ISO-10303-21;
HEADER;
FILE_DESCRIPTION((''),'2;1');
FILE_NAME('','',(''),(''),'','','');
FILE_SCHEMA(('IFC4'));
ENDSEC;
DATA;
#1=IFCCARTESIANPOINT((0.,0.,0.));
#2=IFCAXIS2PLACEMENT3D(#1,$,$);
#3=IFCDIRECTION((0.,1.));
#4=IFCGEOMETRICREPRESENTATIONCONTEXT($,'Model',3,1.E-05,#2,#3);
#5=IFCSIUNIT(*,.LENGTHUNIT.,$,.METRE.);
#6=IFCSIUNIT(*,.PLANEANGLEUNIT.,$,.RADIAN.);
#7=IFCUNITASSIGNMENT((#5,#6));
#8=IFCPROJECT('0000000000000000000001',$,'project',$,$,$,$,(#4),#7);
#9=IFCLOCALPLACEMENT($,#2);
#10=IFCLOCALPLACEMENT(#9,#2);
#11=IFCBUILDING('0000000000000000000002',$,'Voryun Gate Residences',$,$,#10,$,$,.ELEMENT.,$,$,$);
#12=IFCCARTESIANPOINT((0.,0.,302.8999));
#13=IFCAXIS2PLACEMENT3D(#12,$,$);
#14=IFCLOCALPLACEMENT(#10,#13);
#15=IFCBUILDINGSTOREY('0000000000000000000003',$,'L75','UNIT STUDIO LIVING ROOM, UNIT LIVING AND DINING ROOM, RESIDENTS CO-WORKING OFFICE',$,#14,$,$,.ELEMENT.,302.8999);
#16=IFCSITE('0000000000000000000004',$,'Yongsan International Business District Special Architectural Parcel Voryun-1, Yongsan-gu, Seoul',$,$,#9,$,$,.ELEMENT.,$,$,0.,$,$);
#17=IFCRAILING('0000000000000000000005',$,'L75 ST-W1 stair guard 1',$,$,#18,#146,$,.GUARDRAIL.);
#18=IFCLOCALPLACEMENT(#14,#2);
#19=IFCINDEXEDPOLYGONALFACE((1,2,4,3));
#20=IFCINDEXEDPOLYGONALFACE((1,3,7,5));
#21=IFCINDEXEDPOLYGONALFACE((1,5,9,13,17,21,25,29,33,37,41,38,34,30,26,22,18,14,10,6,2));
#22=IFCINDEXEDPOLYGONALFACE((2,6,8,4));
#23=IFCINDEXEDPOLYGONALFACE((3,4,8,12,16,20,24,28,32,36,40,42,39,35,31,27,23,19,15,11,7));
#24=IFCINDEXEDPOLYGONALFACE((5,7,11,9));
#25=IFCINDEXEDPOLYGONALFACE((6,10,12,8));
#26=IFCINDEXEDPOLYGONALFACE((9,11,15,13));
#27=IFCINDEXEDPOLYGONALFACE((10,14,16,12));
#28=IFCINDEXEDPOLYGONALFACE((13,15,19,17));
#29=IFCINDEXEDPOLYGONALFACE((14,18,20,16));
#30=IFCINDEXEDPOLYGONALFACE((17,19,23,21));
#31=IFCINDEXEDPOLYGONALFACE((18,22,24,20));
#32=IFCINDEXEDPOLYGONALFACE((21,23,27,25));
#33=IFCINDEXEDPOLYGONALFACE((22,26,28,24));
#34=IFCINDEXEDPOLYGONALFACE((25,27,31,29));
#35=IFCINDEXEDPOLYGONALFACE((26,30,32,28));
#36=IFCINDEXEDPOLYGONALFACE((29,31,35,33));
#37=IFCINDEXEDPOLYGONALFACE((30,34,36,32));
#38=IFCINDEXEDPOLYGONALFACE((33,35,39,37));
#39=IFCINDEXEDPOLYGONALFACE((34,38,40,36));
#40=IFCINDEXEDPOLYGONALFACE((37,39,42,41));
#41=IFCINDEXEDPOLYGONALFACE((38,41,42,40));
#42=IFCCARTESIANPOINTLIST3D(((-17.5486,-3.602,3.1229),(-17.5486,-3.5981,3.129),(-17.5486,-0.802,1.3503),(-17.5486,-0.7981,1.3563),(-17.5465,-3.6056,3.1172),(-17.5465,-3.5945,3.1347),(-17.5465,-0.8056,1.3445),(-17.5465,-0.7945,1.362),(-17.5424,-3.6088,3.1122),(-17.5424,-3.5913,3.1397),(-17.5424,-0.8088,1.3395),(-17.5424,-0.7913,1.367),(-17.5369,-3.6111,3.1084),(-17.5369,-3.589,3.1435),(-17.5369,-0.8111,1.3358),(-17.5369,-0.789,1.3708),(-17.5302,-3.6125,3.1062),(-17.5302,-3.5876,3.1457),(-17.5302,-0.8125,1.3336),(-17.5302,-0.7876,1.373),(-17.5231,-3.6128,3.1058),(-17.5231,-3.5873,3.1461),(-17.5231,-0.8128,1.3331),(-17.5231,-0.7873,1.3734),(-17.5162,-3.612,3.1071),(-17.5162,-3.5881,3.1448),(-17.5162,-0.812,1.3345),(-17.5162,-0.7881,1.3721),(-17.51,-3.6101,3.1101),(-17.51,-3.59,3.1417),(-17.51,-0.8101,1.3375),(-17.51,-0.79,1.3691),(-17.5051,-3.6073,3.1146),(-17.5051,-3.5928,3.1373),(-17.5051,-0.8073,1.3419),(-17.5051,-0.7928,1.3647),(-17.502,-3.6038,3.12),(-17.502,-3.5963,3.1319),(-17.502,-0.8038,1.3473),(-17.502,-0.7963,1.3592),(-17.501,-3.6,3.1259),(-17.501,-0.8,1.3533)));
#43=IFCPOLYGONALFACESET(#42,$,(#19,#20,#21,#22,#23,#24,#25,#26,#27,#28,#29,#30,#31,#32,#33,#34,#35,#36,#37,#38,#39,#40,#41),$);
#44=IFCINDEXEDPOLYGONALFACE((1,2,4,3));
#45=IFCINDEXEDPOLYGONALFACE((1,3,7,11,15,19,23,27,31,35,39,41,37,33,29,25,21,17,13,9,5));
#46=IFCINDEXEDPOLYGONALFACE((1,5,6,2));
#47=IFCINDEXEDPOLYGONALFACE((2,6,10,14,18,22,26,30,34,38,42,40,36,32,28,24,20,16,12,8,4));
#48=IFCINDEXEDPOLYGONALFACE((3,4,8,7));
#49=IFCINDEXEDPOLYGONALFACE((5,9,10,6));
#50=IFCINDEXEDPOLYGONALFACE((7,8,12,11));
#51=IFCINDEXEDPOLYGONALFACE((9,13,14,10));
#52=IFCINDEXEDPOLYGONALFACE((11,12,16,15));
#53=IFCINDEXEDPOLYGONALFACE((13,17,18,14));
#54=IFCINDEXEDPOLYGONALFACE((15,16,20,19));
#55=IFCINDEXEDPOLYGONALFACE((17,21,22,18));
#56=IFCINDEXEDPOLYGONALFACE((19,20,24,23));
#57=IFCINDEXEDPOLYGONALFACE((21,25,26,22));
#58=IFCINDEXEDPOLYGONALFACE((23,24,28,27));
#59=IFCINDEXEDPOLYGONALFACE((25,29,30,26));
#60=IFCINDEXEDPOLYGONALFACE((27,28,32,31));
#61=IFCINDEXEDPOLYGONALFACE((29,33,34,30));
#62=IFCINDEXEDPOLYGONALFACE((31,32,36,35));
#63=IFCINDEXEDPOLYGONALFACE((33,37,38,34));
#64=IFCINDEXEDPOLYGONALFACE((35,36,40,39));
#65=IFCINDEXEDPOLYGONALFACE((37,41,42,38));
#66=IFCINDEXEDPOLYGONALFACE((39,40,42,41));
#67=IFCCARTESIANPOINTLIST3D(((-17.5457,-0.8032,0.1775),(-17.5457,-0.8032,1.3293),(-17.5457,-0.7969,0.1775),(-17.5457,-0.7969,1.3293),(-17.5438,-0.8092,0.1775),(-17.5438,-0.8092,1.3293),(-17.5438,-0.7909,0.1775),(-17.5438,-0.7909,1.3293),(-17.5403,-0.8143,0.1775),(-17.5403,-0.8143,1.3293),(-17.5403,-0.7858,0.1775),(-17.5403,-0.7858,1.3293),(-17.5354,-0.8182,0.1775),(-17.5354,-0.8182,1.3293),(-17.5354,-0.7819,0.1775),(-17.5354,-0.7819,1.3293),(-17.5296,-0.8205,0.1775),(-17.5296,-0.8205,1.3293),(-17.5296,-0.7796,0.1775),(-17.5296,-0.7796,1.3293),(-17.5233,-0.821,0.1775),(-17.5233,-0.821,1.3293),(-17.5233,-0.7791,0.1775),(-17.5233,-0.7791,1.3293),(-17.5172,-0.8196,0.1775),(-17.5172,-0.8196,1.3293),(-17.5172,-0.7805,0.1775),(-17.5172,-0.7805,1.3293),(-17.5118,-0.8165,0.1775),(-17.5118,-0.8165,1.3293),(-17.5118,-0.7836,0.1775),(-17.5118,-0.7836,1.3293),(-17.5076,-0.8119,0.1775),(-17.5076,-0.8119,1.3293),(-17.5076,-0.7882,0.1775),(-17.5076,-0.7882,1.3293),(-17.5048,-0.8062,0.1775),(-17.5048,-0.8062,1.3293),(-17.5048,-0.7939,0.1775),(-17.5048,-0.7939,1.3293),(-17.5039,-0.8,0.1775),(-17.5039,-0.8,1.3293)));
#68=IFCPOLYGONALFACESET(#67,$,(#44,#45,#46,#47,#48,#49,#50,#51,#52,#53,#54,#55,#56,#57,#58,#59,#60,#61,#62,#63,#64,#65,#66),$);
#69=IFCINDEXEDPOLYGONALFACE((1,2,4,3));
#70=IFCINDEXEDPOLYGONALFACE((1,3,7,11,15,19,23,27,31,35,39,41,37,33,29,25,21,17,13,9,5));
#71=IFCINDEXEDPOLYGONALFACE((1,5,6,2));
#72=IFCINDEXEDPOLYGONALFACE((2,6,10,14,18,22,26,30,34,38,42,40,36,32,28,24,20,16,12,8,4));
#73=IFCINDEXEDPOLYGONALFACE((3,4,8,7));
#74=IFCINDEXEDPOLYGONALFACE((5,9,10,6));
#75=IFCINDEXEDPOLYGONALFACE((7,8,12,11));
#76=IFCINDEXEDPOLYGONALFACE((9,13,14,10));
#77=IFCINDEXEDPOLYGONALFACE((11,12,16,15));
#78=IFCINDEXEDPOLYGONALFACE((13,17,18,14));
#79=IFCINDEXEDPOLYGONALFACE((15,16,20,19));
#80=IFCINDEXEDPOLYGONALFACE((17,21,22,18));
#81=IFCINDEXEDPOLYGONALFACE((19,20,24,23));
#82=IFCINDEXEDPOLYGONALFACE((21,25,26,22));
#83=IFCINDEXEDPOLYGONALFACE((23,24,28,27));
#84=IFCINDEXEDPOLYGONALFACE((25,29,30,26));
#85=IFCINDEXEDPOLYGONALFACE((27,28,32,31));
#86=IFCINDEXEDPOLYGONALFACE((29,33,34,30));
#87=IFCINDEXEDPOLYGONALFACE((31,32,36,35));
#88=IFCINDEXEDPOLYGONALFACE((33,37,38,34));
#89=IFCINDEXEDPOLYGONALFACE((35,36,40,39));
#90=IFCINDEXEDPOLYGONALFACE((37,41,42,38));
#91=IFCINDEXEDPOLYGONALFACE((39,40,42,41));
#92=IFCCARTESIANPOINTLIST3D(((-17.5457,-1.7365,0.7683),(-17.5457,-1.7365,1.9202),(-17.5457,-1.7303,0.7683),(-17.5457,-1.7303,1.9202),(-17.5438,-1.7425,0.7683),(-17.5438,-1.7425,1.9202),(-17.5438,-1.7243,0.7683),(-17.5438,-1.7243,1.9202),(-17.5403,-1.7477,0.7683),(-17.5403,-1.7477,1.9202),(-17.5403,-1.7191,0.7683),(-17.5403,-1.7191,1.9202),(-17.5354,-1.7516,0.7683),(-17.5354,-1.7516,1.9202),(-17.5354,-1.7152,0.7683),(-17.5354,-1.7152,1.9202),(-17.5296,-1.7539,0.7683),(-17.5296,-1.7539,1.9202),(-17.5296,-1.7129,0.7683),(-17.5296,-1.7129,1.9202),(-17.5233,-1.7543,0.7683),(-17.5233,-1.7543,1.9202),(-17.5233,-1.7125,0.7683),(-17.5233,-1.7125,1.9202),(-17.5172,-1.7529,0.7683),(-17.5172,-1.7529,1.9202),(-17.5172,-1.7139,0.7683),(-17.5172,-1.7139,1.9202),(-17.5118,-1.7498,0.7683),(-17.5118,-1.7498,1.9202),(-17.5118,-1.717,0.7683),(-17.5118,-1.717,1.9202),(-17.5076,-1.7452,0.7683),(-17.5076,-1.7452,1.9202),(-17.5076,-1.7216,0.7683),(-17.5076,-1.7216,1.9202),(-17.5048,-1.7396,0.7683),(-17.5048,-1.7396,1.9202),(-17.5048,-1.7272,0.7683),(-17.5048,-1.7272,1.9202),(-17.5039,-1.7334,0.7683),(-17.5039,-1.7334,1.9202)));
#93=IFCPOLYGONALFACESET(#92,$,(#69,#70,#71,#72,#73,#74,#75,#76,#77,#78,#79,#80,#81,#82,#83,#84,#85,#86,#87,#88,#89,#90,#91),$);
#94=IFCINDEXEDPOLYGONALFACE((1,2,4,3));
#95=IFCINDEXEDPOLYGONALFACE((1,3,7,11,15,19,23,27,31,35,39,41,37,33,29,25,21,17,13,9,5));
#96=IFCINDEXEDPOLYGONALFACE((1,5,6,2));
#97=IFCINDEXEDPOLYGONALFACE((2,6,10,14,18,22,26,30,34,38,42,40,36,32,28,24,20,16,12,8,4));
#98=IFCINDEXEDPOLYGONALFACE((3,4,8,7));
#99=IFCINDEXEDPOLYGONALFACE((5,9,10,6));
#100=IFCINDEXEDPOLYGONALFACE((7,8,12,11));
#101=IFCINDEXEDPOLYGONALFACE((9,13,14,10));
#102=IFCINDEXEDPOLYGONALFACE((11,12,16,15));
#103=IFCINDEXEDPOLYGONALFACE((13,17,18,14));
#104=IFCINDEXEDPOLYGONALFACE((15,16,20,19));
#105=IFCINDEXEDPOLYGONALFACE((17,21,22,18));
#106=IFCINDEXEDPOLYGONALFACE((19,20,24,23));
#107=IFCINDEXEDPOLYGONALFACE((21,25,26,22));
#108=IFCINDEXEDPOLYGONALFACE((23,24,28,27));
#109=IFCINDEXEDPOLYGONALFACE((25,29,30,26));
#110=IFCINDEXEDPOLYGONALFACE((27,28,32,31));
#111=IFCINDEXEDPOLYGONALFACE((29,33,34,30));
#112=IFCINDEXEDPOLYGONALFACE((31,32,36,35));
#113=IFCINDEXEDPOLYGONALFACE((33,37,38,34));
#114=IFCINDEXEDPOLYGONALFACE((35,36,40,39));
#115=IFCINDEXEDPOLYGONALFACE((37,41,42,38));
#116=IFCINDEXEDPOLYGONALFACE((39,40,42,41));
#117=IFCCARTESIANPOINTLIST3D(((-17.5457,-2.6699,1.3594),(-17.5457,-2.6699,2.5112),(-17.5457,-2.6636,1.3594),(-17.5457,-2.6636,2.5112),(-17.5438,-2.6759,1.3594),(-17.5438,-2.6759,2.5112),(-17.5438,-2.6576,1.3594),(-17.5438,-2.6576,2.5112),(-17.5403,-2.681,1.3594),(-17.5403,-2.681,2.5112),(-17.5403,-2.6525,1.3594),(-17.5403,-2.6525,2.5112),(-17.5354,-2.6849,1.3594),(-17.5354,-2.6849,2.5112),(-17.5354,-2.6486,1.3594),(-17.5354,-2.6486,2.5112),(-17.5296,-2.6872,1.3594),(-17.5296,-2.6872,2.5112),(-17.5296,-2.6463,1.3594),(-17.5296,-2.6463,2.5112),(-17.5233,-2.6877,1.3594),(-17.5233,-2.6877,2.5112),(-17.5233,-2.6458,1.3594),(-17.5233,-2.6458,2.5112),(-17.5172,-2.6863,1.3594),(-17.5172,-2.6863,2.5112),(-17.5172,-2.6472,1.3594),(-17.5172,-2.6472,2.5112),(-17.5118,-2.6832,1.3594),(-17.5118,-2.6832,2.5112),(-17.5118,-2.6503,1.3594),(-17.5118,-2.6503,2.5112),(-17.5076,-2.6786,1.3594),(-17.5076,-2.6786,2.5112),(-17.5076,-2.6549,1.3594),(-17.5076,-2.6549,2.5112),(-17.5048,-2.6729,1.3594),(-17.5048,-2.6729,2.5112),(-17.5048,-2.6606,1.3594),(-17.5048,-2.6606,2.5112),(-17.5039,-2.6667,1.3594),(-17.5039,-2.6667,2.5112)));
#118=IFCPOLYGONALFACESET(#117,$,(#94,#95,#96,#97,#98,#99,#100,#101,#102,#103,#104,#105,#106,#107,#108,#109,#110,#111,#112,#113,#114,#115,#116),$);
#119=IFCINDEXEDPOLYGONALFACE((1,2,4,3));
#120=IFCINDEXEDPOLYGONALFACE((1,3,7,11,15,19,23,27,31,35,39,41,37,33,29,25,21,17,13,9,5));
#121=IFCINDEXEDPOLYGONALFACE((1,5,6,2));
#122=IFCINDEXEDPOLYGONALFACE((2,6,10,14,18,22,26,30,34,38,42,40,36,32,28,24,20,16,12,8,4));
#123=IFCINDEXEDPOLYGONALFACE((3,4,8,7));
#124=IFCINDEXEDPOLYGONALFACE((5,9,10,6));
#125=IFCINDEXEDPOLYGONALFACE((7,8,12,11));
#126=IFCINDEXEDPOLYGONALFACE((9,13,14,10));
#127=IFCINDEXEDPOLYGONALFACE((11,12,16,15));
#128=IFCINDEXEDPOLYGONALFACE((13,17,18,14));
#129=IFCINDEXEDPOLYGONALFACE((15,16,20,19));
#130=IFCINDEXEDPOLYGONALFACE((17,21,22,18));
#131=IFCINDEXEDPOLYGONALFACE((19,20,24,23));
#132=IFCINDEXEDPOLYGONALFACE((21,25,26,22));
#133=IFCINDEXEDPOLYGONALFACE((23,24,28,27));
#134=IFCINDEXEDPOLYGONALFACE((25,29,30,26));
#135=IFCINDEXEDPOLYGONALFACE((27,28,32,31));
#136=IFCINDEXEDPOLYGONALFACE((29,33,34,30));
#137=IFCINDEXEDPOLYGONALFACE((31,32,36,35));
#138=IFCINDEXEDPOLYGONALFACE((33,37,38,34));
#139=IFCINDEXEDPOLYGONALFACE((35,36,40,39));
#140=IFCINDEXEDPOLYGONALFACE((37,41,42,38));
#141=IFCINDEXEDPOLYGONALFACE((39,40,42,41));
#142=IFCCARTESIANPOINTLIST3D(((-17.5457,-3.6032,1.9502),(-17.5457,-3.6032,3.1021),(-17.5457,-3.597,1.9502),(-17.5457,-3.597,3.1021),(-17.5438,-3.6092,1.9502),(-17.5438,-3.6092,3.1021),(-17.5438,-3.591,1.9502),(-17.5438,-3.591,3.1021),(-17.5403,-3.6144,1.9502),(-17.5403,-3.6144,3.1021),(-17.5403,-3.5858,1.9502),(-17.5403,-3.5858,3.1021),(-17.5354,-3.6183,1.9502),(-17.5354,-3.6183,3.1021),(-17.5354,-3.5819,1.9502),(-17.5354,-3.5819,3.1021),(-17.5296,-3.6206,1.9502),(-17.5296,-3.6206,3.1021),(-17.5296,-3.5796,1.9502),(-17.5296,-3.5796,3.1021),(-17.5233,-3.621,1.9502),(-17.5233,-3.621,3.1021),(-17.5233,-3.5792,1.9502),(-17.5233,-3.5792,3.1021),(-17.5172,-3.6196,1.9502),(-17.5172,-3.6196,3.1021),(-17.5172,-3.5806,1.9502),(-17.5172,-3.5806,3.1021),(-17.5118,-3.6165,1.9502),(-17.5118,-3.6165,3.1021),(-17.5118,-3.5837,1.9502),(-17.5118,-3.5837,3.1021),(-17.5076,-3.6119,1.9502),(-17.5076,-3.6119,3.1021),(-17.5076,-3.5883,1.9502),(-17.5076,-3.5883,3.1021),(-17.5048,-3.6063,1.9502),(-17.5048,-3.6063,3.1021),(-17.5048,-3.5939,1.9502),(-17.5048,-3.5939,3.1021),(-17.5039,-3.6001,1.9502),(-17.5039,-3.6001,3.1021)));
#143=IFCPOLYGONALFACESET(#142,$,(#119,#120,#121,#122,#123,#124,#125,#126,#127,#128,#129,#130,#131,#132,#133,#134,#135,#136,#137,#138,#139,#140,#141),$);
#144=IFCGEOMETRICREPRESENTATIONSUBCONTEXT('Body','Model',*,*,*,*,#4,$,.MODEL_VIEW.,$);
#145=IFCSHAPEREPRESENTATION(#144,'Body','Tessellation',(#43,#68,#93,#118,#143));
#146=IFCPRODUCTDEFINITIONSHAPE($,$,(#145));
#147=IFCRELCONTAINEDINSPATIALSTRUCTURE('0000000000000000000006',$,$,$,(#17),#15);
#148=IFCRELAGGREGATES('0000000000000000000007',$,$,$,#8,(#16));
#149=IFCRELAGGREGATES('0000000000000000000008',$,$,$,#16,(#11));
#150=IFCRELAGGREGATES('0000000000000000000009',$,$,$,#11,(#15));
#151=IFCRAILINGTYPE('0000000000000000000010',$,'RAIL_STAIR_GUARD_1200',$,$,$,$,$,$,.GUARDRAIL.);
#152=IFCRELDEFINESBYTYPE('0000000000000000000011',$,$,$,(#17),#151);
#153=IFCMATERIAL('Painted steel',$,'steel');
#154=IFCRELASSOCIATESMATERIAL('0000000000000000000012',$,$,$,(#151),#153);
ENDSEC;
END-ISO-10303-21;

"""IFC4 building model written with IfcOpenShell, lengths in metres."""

from ifc_helpers import new_model, si_unit, direction, frame, origin, origin_2d, place, context, subcontext, project, spatial, circle, extrude, material, type_object, element, save


model = new_model("IFC4")

# Units and contexts
model_context = context("Model", 3, precision=1e-05, world=origin(), true_north=direction((0.0, 1.0)))
body_context = subcontext(model_context, "Body", "Model", "MODEL_VIEW")
ifc_project = project(units=[si_unit("LENGTHUNIT", "METRE"), si_unit("PLANEANGLEUNIT", "RADIAN")], contexts=[model_context])

# Site, building, storey
site_placement = place(None, origin())
site = spatial("IfcSite", under=ifc_project, at=site_placement, Name="Yongsan International Business District Special Architectural Parcel Voryun-1, Yongsan-gu, Seoul", CompositionType="ELEMENT", RefElevation=0.0)
building_placement = place(site_placement, origin())
building = spatial("IfcBuilding", under=site, at=building_placement, Name="Voryun Gate Residences", CompositionType="ELEMENT")
storey_placement = place(building_placement, frame((0.0, 0.0, 302.8999)))
storey = spatial("IfcBuildingStorey", under=building, at=storey_placement, Name="L75", Description="UNIT STUDIO LIVING ROOM, UNIT LIVING AND DINING ROOM, RESIDENTS CO-WORKING OFFICE", CompositionType="ELEMENT", Elevation=302.8999)

# Railing
ifc_material_1 = material(Name="Painted steel", Category="steel")
railing_type = type_object("IfcRailingType", Name="RAIL_STAIR_GUARD_1200", PredefinedType="GUARDRAIL", material=ifc_material_1)
railing_1_placement = place(storey_placement, frame((-17.5249, -0.8, 0.1775)))
element("IfcRailing", 1, at=railing_1_placement, inside=storey, type_object=railing_type, Name="L75 ST-W1 stair guard 1", PredefinedType="GUARDRAIL", context=body_context, shape_type="SweptSolid", body=[
    extrude(circle(Radius=0.0239, at=origin_2d()), frame((0.0, 0.0, 1.1758), z_axis=(0.0, -0.844909, 0.53491), x_axis=(1.0, 0.0, 0.0)), (0.0, 0.0, 1.0), 3.314),
    extrude(circle(Radius=0.021, at=origin_2d()), origin(), (0.0, 0.0, 1.0), 1.1519),
    extrude(circle(Radius=0.021, at=origin_2d()), frame((0.0, -0.9333, 0.5908)), (0.0, 0.0, 1.0), 1.1519),
    extrude(circle(Radius=0.021, at=origin_2d()), frame((0.0, -1.8667, 1.1819)), (0.0, 0.0, 1.0), 1.1519),
    extrude(circle(Radius=0.021, at=origin_2d()), frame((0.0, -2.8, 1.7727)), (0.0, 0.0, 1.0), 1.1519),
])

save(model, "model.ifc")
